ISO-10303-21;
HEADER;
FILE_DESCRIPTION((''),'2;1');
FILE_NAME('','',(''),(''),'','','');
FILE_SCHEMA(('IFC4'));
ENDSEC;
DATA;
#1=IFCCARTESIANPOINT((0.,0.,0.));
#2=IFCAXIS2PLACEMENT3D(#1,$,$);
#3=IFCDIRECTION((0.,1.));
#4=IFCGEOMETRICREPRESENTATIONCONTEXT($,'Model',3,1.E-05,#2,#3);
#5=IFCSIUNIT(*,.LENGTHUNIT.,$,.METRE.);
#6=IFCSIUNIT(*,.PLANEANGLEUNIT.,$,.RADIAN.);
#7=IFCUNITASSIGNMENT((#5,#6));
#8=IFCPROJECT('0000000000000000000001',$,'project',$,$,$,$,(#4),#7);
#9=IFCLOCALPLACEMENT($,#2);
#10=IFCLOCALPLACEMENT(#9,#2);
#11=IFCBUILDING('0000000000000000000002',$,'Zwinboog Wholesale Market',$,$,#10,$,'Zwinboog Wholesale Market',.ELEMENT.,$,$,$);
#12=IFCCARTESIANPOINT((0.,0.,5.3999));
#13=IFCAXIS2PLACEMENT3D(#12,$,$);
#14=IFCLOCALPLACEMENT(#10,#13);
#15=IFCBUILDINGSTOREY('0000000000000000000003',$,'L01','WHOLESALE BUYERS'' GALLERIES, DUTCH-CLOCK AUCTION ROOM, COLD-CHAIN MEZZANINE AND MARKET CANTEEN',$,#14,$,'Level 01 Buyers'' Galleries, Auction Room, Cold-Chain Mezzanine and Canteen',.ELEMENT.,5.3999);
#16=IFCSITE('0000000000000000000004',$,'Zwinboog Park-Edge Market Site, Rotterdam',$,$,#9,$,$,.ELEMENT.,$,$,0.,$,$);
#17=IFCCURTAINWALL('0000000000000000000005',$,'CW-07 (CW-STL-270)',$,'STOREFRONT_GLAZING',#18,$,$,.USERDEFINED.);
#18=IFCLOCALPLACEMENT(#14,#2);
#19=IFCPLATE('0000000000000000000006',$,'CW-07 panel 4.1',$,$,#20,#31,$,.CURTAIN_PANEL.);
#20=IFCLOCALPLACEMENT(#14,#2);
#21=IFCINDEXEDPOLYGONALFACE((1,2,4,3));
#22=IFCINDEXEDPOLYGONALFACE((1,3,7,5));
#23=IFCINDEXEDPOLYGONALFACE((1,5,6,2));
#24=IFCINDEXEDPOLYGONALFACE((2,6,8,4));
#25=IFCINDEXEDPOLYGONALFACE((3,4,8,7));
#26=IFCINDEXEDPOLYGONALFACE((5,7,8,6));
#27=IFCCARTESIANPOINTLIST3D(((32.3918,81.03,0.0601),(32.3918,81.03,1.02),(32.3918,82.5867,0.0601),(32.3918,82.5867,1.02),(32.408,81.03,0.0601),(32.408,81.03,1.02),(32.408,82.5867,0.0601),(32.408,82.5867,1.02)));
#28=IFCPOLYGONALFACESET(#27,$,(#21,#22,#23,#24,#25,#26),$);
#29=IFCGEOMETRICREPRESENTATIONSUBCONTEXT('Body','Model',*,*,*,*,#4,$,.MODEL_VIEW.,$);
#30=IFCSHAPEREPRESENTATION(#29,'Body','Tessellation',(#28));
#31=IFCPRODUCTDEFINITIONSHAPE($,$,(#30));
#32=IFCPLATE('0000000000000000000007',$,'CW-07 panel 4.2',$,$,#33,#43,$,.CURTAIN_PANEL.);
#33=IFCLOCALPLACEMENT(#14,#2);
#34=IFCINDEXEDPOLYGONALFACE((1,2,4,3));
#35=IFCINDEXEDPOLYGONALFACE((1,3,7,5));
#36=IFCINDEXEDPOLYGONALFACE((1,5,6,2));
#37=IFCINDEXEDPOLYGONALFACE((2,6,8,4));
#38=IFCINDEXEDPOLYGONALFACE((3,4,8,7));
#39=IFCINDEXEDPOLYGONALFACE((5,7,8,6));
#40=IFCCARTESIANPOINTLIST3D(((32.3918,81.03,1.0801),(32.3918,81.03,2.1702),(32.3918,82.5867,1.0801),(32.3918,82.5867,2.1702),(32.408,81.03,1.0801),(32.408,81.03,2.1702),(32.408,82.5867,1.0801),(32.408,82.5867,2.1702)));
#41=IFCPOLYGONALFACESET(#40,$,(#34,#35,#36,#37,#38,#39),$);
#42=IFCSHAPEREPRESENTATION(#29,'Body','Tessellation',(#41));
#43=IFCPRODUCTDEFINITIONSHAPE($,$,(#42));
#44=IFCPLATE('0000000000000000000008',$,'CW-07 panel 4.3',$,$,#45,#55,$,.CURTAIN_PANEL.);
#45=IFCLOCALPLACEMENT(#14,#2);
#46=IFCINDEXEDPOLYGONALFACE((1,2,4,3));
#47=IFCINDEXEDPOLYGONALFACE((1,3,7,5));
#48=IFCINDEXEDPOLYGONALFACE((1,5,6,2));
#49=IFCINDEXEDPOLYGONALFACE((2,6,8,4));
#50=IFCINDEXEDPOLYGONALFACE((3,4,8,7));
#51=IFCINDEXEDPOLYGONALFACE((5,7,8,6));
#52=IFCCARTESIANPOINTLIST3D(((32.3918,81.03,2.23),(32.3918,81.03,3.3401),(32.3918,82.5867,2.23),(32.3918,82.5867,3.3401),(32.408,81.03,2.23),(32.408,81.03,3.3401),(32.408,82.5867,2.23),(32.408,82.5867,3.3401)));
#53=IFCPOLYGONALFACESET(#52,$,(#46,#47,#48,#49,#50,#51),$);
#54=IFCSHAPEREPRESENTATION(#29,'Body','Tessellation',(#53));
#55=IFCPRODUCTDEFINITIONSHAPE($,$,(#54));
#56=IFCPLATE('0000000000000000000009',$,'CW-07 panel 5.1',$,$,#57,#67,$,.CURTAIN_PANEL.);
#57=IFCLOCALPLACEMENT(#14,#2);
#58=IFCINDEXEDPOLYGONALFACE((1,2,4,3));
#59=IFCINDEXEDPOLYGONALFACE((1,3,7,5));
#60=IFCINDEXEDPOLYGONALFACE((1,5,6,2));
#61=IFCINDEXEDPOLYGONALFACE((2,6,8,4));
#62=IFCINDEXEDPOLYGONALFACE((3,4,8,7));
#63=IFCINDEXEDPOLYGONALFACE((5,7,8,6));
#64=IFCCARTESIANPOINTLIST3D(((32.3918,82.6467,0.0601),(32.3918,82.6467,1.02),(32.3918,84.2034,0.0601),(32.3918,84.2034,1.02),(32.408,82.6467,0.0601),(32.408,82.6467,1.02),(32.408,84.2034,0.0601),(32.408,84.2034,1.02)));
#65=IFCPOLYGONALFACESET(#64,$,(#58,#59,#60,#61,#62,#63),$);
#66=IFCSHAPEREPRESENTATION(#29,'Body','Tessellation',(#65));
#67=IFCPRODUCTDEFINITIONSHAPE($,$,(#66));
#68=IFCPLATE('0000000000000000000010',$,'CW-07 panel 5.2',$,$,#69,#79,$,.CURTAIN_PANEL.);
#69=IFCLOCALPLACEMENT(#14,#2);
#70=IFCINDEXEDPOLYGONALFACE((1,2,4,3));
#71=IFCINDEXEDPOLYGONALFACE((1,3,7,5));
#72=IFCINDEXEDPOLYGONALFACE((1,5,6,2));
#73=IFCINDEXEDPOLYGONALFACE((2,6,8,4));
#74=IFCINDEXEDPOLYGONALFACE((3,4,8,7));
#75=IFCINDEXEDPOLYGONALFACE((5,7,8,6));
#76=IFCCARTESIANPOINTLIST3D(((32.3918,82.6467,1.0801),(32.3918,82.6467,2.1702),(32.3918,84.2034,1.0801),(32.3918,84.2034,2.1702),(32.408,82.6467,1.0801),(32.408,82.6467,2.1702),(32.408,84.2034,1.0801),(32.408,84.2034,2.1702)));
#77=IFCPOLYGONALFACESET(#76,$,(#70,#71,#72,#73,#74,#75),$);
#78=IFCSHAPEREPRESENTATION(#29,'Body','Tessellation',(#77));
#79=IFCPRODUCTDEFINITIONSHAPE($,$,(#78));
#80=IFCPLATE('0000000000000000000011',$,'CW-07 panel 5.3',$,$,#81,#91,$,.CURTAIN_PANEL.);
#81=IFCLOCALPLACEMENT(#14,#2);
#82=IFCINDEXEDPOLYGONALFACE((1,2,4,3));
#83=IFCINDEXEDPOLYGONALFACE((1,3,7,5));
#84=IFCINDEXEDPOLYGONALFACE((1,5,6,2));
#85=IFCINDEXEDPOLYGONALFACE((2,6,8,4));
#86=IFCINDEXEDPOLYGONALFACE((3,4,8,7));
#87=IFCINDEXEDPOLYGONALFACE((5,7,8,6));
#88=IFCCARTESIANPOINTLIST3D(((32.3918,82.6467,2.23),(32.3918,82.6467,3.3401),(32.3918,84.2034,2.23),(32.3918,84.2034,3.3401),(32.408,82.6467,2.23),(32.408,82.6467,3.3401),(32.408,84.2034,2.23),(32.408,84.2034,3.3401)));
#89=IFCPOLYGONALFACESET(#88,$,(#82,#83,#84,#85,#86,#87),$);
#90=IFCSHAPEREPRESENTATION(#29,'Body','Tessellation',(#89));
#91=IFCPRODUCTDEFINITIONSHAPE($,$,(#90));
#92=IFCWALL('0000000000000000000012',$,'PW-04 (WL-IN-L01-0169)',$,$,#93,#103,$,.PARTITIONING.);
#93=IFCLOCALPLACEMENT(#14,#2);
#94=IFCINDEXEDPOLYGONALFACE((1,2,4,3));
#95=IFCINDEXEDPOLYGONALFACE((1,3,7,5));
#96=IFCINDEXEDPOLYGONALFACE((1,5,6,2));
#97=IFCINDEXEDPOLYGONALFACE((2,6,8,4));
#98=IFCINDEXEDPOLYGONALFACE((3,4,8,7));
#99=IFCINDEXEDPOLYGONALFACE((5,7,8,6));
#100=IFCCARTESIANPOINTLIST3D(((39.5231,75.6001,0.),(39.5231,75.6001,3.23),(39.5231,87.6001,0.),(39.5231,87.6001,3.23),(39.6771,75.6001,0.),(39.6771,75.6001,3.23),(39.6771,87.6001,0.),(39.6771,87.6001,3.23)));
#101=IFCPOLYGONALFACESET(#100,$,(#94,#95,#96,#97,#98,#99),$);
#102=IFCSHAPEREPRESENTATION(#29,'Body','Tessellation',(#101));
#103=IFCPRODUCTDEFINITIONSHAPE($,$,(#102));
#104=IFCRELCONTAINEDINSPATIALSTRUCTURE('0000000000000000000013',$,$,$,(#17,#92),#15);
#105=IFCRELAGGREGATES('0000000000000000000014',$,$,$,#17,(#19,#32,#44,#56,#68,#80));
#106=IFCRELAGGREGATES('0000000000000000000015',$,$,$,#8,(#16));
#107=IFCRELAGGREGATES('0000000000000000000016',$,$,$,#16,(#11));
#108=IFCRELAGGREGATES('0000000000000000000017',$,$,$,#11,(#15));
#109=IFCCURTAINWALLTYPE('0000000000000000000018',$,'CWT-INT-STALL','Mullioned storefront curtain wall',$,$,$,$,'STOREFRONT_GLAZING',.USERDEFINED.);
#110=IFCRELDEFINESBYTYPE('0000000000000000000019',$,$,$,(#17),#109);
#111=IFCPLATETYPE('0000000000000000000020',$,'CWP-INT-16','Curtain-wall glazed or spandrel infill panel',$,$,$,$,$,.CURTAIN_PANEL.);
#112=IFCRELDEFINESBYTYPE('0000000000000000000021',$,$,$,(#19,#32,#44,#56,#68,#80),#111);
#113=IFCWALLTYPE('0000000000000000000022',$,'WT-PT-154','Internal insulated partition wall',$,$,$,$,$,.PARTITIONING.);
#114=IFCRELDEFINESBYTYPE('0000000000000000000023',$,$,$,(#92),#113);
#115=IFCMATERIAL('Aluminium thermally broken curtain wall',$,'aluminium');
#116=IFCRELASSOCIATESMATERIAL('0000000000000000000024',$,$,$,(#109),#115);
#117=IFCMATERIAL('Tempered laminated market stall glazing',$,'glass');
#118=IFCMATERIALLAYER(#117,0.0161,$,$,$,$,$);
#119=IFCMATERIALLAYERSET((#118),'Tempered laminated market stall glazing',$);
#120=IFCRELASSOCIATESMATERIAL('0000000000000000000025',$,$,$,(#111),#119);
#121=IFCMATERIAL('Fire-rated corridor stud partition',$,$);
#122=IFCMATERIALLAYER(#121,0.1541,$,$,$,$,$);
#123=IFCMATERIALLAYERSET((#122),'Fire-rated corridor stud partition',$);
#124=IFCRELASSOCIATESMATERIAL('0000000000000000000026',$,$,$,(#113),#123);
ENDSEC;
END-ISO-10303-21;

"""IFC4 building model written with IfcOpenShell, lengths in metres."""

from ifc_helpers import new_model, si_unit, direction, frame, frame_2d, origin, origin_2d, place, context, subcontext, project, spatial, rectangle, extrude, material, layer, layer_set, type_object, element, aggregate, save


model = new_model("IFC4")

# Units and contexts
model_context = context("Model", 3, precision=1e-05, world=origin(), true_north=direction((0.0, 1.0)))
body_context = subcontext(model_context, "Body", "Model", "MODEL_VIEW")
ifc_project = project(units=[si_unit("LENGTHUNIT", "METRE"), si_unit("PLANEANGLEUNIT", "RADIAN")], contexts=[model_context])

# Site, building, storey
site_placement = place(None, origin())
site = spatial("IfcSite", under=ifc_project, at=site_placement, Name="Zwinboog Park-Edge Market Site, Rotterdam", CompositionType="ELEMENT", RefElevation=0.0)
building_placement = place(site_placement, origin())
building = spatial("IfcBuilding", under=site, at=building_placement, Name="Zwinboog Wholesale Market", LongName="Zwinboog Wholesale Market", CompositionType="ELEMENT")
storey_placement = place(building_placement, frame((0.0, 0.0, 5.3999)))
storey = spatial("IfcBuildingStorey", under=building, at=storey_placement, Name="L01", Description="WHOLESALE BUYERS' GALLERIES, DUTCH-CLOCK AUCTION ROOM, COLD-CHAIN MEZZANINE AND MARKET CANTEEN", LongName="Level 01 Buyers' Galleries, Auction Room, Cold-Chain Mezzanine and Canteen", CompositionType="ELEMENT", Elevation=5.3999)

# Curtain wall, plates
ifc_material_1 = material(Name="Aluminium thermally broken curtain wall", Category="aluminium")
curtain_wall_type = type_object("IfcCurtainWallType", Name="CWT-INT-STALL", Description="Mullioned storefront curtain wall", ElementType="STOREFRONT_GLAZING", PredefinedType="USERDEFINED", material=ifc_material_1)
curtain_wall_placement = place(storey_placement, origin())
curtain_wall = element("IfcCurtainWall", 1, at=curtain_wall_placement, inside=storey, type_object=curtain_wall_type, Name="CW-07 (CW-STL-270)", ObjectType="STOREFRONT_GLAZING", PredefinedType="USERDEFINED")
ifc_material_2 = material(Name="Tempered laminated market stall glazing", Category="glass")
ifc_layer_1 = layer(ifc_material_2, 0.0161)
ifc_layer_set_1 = layer_set([ifc_layer_1], Name="Tempered laminated market stall glazing")
plate_type = type_object("IfcPlateType", Name="CWP-INT-16", Description="Curtain-wall glazed or spandrel infill panel", PredefinedType="CURTAIN_PANEL", material=ifc_layer_set_1)
plate_1_placement = place(storey_placement, frame((32.3999, 81.8083, 0.0601), z_axis=(0.0, 0.0, 1.0), x_axis=(0.0, 1.0, 0.0)))
plate_1 = element("IfcPlate", 2, at=plate_1_placement, type_object=plate_type, Name="CW-07 panel 4.1", PredefinedType="CURTAIN_PANEL", context=body_context, shape_type="SweptSolid", body=[
    extrude(rectangle(XDim=1.5566, YDim=0.0161, at=origin_2d()), origin(), (0.0, 0.0, 1.0), 0.96),
])
plate_2_placement = place(storey_placement, frame((32.3999, 81.8083, 1.0801), z_axis=(0.0, 0.0, 1.0), x_axis=(0.0, 1.0, 0.0)))
plate_2 = element("IfcPlate", 3, at=plate_2_placement, type_object=plate_type, Name="CW-07 panel 4.2", PredefinedType="CURTAIN_PANEL", context=body_context, shape_type="SweptSolid", body=[
    extrude(rectangle(XDim=1.5566, YDim=0.0161, at=origin_2d()), origin(), (0.0, 0.0, 1.0), 1.0901),
])
plate_3_placement = place(storey_placement, frame((32.3999, 81.8083, 2.23), z_axis=(0.0, 0.0, 1.0), x_axis=(0.0, 1.0, 0.0)))
plate_3 = element("IfcPlate", 4, at=plate_3_placement, type_object=plate_type, Name="CW-07 panel 4.3", PredefinedType="CURTAIN_PANEL", context=body_context, shape_type="SweptSolid", body=[
    extrude(rectangle(XDim=1.5566, YDim=0.0161, at=origin_2d()), origin(), (0.0, 0.0, 1.0), 1.1101),
])
plate_4_placement = place(storey_placement, frame((32.3999, 83.425, 0.0601), z_axis=(0.0, 0.0, 1.0), x_axis=(0.0, 1.0, 0.0)))
plate_4 = element("IfcPlate", 5, at=plate_4_placement, type_object=plate_type, Name="CW-07 panel 5.1", PredefinedType="CURTAIN_PANEL", context=body_context, shape_type="SweptSolid", body=[
    extrude(rectangle(XDim=1.5566, YDim=0.0161, at=origin_2d()), origin(), (0.0, 0.0, 1.0), 0.96),
])
plate_5_placement = place(storey_placement, frame((32.3999, 83.425, 1.0801), z_axis=(0.0, 0.0, 1.0), x_axis=(0.0, 1.0, 0.0)))
plate_5 = element("IfcPlate", 6, at=plate_5_placement, type_object=plate_type, Name="CW-07 panel 5.2", PredefinedType="CURTAIN_PANEL", context=body_context, shape_type="SweptSolid", body=[
    extrude(rectangle(XDim=1.5566, YDim=0.0161, at=origin_2d()), origin(), (0.0, 0.0, 1.0), 1.0901),
])
plate_6_placement = place(storey_placement, frame((32.3999, 83.425, 2.23), z_axis=(0.0, 0.0, 1.0), x_axis=(0.0, 1.0, 0.0)))
plate_6 = element("IfcPlate", 7, at=plate_6_placement, type_object=plate_type, Name="CW-07 panel 5.3", PredefinedType="CURTAIN_PANEL", context=body_context, shape_type="SweptSolid", body=[
    extrude(rectangle(XDim=1.5566, YDim=0.0161, at=origin_2d()), origin(), (0.0, 0.0, 1.0), 1.1101),
])
aggregate(curtain_wall, [plate_1, plate_2, plate_3, plate_4, plate_5, plate_6])

# Wall
ifc_material_3 = material(Name="Fire-rated corridor stud partition")
ifc_layer_2 = layer(ifc_material_3, 0.1541)
ifc_layer_set_2 = layer_set([ifc_layer_2], Name="Fire-rated corridor stud partition")
wall_type = type_object("IfcWallType", Name="WT-PT-154", Description="Internal insulated partition wall", PredefinedType="PARTITIONING", material=ifc_layer_set_2)
wall_placement = place(storey_placement, frame((39.6001, 75.6001, 0.0), z_axis=(0.0, 0.0, 1.0), x_axis=(0.0, 1.0, 0.0)))
element("IfcWall", 8, at=wall_placement, inside=storey, type_object=wall_type, Name="PW-04 (WL-IN-L01-0169)", PredefinedType="PARTITIONING", context=body_context, shape_type="SweptSolid", body=[
    extrude(rectangle(XDim=12.0, YDim=0.1541, at=frame_2d((6.0, 0.0))), origin(), (0.0, 0.0, 1.0), 3.23),
])

save(model, "model.ifc")
